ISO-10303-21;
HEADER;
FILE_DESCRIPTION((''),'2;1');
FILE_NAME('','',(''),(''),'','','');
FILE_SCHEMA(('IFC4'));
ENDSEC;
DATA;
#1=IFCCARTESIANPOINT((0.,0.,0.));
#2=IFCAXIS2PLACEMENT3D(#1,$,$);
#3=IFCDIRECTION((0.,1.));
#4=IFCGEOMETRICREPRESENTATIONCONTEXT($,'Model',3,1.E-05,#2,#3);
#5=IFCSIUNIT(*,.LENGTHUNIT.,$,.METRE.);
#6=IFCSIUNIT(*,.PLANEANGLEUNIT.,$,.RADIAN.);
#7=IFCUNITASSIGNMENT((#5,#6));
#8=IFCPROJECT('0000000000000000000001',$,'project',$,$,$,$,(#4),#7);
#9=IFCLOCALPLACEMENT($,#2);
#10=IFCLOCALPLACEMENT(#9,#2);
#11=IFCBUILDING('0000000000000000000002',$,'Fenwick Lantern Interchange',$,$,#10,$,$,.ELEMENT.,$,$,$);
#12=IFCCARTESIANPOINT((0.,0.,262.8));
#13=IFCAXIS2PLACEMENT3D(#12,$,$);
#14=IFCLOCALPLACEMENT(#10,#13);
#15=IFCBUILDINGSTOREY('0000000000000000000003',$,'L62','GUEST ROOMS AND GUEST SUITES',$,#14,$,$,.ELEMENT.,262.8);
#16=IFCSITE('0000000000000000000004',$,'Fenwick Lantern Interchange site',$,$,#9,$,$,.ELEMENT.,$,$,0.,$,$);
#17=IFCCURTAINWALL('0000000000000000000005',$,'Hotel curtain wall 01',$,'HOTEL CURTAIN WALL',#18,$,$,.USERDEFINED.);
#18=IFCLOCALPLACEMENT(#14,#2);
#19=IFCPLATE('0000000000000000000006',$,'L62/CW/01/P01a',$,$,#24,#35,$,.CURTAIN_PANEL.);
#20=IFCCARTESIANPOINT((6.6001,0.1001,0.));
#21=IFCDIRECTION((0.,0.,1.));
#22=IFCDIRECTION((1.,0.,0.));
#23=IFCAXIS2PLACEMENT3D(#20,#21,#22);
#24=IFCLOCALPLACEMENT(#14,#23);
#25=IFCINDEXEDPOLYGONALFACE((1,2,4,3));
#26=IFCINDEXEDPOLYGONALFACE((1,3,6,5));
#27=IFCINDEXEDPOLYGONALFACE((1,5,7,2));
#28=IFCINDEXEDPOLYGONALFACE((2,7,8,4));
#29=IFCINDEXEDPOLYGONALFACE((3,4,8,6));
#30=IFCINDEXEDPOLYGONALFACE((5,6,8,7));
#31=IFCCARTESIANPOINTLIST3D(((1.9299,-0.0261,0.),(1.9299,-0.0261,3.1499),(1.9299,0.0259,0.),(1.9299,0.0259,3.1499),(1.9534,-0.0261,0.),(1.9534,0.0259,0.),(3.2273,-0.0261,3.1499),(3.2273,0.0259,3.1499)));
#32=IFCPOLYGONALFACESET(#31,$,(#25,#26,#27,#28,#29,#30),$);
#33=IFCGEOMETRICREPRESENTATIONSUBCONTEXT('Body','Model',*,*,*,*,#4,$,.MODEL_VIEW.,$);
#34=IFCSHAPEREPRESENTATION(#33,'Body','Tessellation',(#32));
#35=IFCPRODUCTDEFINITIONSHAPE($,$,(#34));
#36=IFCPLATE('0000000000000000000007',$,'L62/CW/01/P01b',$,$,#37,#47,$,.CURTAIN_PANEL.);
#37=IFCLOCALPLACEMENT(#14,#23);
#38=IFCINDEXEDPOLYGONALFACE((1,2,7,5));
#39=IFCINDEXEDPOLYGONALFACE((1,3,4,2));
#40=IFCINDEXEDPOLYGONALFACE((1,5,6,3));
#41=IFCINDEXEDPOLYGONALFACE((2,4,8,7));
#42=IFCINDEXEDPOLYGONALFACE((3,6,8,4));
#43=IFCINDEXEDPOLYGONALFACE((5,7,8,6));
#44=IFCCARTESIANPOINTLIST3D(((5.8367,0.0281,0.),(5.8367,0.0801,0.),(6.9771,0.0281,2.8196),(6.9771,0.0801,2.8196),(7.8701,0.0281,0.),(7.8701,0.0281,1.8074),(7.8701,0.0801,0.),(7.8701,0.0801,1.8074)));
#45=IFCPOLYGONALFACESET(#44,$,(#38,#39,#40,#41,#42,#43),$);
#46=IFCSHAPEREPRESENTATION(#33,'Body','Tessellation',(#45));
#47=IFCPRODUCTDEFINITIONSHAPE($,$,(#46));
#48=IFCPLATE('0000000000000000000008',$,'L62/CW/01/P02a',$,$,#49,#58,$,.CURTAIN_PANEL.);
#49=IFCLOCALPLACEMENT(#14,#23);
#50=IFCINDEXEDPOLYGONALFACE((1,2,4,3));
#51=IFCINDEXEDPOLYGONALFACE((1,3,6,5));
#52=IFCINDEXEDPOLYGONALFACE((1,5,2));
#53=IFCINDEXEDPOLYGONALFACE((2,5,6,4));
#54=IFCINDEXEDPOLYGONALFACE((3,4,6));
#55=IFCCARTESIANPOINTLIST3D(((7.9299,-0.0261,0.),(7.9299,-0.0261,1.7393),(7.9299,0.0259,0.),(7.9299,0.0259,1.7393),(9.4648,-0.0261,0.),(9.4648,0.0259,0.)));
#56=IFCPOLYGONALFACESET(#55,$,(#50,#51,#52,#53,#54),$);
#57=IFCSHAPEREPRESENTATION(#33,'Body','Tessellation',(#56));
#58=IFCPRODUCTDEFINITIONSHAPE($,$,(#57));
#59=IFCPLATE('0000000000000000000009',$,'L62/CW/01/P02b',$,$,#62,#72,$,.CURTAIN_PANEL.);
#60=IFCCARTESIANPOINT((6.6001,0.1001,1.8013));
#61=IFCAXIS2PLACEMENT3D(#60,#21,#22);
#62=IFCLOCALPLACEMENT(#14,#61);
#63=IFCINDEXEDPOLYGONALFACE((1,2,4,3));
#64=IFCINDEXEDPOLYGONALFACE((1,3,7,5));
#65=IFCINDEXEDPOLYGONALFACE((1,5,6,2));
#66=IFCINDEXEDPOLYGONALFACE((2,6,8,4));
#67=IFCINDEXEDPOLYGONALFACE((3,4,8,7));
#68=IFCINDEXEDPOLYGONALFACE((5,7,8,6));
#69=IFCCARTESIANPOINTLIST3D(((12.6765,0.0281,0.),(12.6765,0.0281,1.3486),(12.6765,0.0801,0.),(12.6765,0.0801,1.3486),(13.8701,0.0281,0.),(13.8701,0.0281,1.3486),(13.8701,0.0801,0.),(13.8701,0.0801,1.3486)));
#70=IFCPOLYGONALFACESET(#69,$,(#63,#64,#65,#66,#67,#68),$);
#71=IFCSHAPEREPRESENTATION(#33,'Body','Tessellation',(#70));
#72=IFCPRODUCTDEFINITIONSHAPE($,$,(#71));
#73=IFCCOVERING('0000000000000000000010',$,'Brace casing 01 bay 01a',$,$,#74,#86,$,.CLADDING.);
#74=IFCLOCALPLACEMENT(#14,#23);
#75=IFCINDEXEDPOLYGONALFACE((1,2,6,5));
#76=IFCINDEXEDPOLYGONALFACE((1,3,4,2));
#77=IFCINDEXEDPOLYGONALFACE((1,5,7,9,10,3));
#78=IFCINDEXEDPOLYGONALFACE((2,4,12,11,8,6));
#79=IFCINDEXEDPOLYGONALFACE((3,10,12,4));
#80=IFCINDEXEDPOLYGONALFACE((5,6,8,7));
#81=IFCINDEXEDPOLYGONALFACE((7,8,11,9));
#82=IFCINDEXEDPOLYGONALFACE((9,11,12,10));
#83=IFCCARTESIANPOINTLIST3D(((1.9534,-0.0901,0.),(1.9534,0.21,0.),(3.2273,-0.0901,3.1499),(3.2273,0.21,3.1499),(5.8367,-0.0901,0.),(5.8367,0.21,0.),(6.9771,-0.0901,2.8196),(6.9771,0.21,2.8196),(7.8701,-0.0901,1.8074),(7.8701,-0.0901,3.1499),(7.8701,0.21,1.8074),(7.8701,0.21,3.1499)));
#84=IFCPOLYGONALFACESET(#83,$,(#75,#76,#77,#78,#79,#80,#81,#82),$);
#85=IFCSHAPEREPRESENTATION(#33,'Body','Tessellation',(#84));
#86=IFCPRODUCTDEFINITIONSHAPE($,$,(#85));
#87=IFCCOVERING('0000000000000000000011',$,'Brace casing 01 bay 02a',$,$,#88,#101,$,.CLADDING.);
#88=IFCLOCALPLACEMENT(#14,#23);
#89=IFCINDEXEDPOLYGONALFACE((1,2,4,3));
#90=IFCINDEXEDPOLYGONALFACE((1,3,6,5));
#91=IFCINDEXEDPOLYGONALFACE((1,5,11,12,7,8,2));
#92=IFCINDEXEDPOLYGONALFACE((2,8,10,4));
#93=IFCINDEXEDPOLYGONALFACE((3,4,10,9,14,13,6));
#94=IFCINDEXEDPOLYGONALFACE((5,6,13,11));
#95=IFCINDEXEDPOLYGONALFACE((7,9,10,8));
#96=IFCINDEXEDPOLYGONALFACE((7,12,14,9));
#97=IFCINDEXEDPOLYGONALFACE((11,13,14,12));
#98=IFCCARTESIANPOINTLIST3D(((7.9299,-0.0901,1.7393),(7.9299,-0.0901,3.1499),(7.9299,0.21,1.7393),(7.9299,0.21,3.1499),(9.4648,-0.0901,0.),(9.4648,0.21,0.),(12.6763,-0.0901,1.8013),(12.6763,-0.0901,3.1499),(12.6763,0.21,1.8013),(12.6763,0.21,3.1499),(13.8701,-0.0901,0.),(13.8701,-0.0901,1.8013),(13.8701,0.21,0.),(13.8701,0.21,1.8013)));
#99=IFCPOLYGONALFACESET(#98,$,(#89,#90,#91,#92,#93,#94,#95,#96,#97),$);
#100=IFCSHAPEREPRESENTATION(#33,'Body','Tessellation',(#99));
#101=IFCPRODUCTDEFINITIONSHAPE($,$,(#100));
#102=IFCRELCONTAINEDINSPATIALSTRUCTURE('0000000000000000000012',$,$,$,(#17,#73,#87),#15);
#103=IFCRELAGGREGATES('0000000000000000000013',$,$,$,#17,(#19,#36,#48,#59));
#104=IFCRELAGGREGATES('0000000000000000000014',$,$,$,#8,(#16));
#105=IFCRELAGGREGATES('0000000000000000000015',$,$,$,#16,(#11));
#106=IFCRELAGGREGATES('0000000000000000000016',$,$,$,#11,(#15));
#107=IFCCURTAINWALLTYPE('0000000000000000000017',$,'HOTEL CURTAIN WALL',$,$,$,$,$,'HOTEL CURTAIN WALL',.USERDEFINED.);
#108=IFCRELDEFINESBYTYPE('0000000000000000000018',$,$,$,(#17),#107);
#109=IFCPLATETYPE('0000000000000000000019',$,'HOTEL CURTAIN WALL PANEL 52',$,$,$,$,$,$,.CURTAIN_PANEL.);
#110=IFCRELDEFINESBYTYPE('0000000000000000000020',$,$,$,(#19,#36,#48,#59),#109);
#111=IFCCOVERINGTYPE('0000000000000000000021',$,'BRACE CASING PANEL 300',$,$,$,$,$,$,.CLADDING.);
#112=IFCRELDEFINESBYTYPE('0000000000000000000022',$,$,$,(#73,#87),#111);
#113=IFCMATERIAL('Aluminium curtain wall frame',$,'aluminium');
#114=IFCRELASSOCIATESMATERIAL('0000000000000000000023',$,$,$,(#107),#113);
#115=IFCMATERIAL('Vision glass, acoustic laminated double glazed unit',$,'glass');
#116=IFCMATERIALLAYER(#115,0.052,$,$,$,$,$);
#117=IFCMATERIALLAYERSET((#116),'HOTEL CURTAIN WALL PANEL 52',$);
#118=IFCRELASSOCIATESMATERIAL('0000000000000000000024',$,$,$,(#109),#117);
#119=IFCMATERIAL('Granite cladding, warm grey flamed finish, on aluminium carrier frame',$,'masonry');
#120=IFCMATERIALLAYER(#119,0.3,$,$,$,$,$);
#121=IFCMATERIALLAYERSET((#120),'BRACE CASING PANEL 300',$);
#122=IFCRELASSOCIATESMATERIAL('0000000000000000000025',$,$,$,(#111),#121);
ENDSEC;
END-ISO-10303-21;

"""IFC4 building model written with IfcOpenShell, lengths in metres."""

from ifc_helpers import new_model, si_unit, direction, frame, origin, place, context, subcontext, project, spatial, polyline, outline, extrude, material, layer, layer_set, type_object, element, aggregate, save


model = new_model("IFC4")

# Units and contexts
model_context = context("Model", 3, precision=1e-05, world=origin(), true_north=direction((0.0, 1.0)))
body_context = subcontext(model_context, "Body", "Model", "MODEL_VIEW")
ifc_project = project(units=[si_unit("LENGTHUNIT", "METRE"), si_unit("PLANEANGLEUNIT", "RADIAN")], contexts=[model_context])

# Site, building, storey
site_placement = place(None, origin())
site = spatial("IfcSite", under=ifc_project, at=site_placement, Name="Fenwick Lantern Interchange site", CompositionType="ELEMENT", RefElevation=0.0)
building_placement = place(site_placement, origin())
building = spatial("IfcBuilding", under=site, at=building_placement, Name="Fenwick Lantern Interchange", CompositionType="ELEMENT")
storey_placement = place(building_placement, frame((0.0, 0.0, 262.8)))
storey = spatial("IfcBuildingStorey", under=building, at=storey_placement, Name="L62", Description="GUEST ROOMS AND GUEST SUITES", CompositionType="ELEMENT", Elevation=262.8)

# Curtain wall, plates
ifc_material_1 = material(Name="Aluminium curtain wall frame", Category="aluminium")
curtain_wall_type = type_object("IfcCurtainWallType", Name="HOTEL CURTAIN WALL", ElementType="HOTEL CURTAIN WALL", PredefinedType="USERDEFINED", material=ifc_material_1)
curtain_wall_placement = place(storey_placement, origin())
curtain_wall = element("IfcCurtainWall", 1, at=curtain_wall_placement, inside=storey, type_object=curtain_wall_type, Name="Hotel curtain wall 01", ObjectType="HOTEL CURTAIN WALL", PredefinedType="USERDEFINED")
ifc_material_2 = material(Name="Vision glass, acoustic laminated double glazed unit", Category="glass")
ifc_layer_1 = layer(ifc_material_2, 0.052)
ifc_layer_set_1 = layer_set([ifc_layer_1], Name="HOTEL CURTAIN WALL PANEL 52")
plate_type = type_object("IfcPlateType", Name="HOTEL CURTAIN WALL PANEL 52", PredefinedType="CURTAIN_PANEL", material=ifc_layer_set_1)
plate_1_placement = place(storey_placement, frame((6.6001, 0.1001, 0.0), z_axis=(0.0, 0.0, 1.0), x_axis=(1.0, 0.0, 0.0)))
plate_1 = element("IfcPlate", 2, at=plate_1_placement, type_object=plate_type, Name="L62/CW/01/P01a", PredefinedType="CURTAIN_PANEL", context=body_context, shape_type="SweptSolid", body=[
    extrude(outline(polyline([(1.9299, 0.0), (1.9534, 0.0), (3.2273, 3.1499), (1.9299, 3.1499), (1.9299, 0.0)])), frame((0.0, 0.0259, 0.0), z_axis=(0.0, -1.0, 0.0), x_axis=(1.0, 0.0, 0.0)), (0.0, 0.0, 1.0), 0.052),
])
plate_2_placement = place(storey_placement, frame((6.6001, 0.1001, 0.0), z_axis=(0.0, 0.0, 1.0), x_axis=(1.0, 0.0, 0.0)))
plate_2 = element("IfcPlate", 3, at=plate_2_placement, type_object=plate_type, Name="L62/CW/01/P01b", PredefinedType="CURTAIN_PANEL", context=body_context, shape_type="SweptSolid", body=[
    extrude(outline(polyline([(5.8367, 0.0), (7.8701, 0.0), (7.8701, 1.8074), (6.9771, 2.8196), (5.8367, 0.0)])), frame((0.0, 0.0801, 0.0), z_axis=(0.0, -1.0, 0.0), x_axis=(1.0, 0.0, 0.0)), (0.0, 0.0, 1.0), 0.052),
])
plate_3_placement = place(storey_placement, frame((6.6001, 0.1001, 0.0), z_axis=(0.0, 0.0, 1.0), x_axis=(1.0, 0.0, 0.0)))
plate_3 = element("IfcPlate", 4, at=plate_3_placement, type_object=plate_type, Name="L62/CW/01/P02a", PredefinedType="CURTAIN_PANEL", context=body_context, shape_type="SweptSolid", body=[
    extrude(outline(polyline([(7.9299, 0.0), (9.4648, 0.0), (7.9299, 1.7393), (7.9299, 0.0)])), frame((0.0, 0.0259, 0.0), z_axis=(0.0, -1.0, 0.0), x_axis=(1.0, 0.0, 0.0)), (0.0, 0.0, 1.0), 0.052),
])
plate_4_placement = place(storey_placement, frame((6.6001, 0.1001, 1.8013), z_axis=(0.0, 0.0, 1.0), x_axis=(1.0, 0.0, 0.0)))
plate_4 = element("IfcPlate", 5, at=plate_4_placement, type_object=plate_type, Name="L62/CW/01/P02b", PredefinedType="CURTAIN_PANEL", context=body_context, shape_type="SweptSolid", body=[
    extrude(outline(polyline([(12.6765, 0.0), (13.8701, 0.0), (13.8701, 1.3486), (12.6765, 1.3486), (12.6765, 0.0)])), frame((0.0, 0.0801, 0.0), z_axis=(0.0, -1.0, 0.0), x_axis=(1.0, 0.0, 0.0)), (0.0, 0.0, 1.0), 0.052),
])
aggregate(curtain_wall, [plate_1, plate_2, plate_3, plate_4])

# Coverings
ifc_material_3 = material(Name="Granite cladding, warm grey flamed finish, on aluminium carrier frame", Category="masonry")
ifc_layer_2 = layer(ifc_material_3, 0.3)
ifc_layer_set_2 = layer_set([ifc_layer_2], Name="BRACE CASING PANEL 300")
covering_type_1 = type_object("IfcCoveringType", Name="BRACE CASING PANEL 300", PredefinedType="CLADDING", material=ifc_layer_set_2)
covering_1_placement = place(storey_placement, frame((6.6001, 0.1001, 0.0), z_axis=(0.0, 0.0, 1.0), x_axis=(1.0, 0.0, 0.0)))
element("IfcCovering", 6, at=covering_1_placement, inside=storey, type_object=covering_type_1, Name="Brace casing 01 bay 01a", PredefinedType="CLADDING", context=body_context, shape_type="SweptSolid", body=[
    extrude(outline(polyline([(1.9534, 0.0), (5.8367, 0.0), (6.9771, 2.8196), (7.8701, 1.8074), (7.8701, 3.1499), (3.2273, 3.1499), (1.9534, 0.0)])), frame((0.0, 0.21, 0.0), z_axis=(0.0, -1.0, 0.0), x_axis=(1.0, 0.0, 0.0)), (0.0, 0.0, 1.0), 0.3),
])
covering_2_placement = place(storey_placement, frame((6.6001, 0.1001, 0.0), z_axis=(0.0, 0.0, 1.0), x_axis=(1.0, 0.0, 0.0)))
element("IfcCovering", 7, at=covering_2_placement, inside=storey, type_object=covering_type_1, Name="Brace casing 01 bay 02a", PredefinedType="CLADDING", context=body_context, shape_type="SweptSolid", body=[
    extrude(outline(polyline([(9.4648, 0.0), (13.8701, 0.0), (13.8701, 1.8013), (12.6763, 1.8013), (12.6763, 3.1499), (7.9299, 3.1499), (7.9299, 1.7393), (9.4648, 0.0)])), frame((0.0, 0.21, 0.0), z_axis=(0.0, -1.0, 0.0), x_axis=(1.0, 0.0, 0.0)), (0.0, 0.0, 1.0), 0.3),
])

save(model, "model.ifc")
